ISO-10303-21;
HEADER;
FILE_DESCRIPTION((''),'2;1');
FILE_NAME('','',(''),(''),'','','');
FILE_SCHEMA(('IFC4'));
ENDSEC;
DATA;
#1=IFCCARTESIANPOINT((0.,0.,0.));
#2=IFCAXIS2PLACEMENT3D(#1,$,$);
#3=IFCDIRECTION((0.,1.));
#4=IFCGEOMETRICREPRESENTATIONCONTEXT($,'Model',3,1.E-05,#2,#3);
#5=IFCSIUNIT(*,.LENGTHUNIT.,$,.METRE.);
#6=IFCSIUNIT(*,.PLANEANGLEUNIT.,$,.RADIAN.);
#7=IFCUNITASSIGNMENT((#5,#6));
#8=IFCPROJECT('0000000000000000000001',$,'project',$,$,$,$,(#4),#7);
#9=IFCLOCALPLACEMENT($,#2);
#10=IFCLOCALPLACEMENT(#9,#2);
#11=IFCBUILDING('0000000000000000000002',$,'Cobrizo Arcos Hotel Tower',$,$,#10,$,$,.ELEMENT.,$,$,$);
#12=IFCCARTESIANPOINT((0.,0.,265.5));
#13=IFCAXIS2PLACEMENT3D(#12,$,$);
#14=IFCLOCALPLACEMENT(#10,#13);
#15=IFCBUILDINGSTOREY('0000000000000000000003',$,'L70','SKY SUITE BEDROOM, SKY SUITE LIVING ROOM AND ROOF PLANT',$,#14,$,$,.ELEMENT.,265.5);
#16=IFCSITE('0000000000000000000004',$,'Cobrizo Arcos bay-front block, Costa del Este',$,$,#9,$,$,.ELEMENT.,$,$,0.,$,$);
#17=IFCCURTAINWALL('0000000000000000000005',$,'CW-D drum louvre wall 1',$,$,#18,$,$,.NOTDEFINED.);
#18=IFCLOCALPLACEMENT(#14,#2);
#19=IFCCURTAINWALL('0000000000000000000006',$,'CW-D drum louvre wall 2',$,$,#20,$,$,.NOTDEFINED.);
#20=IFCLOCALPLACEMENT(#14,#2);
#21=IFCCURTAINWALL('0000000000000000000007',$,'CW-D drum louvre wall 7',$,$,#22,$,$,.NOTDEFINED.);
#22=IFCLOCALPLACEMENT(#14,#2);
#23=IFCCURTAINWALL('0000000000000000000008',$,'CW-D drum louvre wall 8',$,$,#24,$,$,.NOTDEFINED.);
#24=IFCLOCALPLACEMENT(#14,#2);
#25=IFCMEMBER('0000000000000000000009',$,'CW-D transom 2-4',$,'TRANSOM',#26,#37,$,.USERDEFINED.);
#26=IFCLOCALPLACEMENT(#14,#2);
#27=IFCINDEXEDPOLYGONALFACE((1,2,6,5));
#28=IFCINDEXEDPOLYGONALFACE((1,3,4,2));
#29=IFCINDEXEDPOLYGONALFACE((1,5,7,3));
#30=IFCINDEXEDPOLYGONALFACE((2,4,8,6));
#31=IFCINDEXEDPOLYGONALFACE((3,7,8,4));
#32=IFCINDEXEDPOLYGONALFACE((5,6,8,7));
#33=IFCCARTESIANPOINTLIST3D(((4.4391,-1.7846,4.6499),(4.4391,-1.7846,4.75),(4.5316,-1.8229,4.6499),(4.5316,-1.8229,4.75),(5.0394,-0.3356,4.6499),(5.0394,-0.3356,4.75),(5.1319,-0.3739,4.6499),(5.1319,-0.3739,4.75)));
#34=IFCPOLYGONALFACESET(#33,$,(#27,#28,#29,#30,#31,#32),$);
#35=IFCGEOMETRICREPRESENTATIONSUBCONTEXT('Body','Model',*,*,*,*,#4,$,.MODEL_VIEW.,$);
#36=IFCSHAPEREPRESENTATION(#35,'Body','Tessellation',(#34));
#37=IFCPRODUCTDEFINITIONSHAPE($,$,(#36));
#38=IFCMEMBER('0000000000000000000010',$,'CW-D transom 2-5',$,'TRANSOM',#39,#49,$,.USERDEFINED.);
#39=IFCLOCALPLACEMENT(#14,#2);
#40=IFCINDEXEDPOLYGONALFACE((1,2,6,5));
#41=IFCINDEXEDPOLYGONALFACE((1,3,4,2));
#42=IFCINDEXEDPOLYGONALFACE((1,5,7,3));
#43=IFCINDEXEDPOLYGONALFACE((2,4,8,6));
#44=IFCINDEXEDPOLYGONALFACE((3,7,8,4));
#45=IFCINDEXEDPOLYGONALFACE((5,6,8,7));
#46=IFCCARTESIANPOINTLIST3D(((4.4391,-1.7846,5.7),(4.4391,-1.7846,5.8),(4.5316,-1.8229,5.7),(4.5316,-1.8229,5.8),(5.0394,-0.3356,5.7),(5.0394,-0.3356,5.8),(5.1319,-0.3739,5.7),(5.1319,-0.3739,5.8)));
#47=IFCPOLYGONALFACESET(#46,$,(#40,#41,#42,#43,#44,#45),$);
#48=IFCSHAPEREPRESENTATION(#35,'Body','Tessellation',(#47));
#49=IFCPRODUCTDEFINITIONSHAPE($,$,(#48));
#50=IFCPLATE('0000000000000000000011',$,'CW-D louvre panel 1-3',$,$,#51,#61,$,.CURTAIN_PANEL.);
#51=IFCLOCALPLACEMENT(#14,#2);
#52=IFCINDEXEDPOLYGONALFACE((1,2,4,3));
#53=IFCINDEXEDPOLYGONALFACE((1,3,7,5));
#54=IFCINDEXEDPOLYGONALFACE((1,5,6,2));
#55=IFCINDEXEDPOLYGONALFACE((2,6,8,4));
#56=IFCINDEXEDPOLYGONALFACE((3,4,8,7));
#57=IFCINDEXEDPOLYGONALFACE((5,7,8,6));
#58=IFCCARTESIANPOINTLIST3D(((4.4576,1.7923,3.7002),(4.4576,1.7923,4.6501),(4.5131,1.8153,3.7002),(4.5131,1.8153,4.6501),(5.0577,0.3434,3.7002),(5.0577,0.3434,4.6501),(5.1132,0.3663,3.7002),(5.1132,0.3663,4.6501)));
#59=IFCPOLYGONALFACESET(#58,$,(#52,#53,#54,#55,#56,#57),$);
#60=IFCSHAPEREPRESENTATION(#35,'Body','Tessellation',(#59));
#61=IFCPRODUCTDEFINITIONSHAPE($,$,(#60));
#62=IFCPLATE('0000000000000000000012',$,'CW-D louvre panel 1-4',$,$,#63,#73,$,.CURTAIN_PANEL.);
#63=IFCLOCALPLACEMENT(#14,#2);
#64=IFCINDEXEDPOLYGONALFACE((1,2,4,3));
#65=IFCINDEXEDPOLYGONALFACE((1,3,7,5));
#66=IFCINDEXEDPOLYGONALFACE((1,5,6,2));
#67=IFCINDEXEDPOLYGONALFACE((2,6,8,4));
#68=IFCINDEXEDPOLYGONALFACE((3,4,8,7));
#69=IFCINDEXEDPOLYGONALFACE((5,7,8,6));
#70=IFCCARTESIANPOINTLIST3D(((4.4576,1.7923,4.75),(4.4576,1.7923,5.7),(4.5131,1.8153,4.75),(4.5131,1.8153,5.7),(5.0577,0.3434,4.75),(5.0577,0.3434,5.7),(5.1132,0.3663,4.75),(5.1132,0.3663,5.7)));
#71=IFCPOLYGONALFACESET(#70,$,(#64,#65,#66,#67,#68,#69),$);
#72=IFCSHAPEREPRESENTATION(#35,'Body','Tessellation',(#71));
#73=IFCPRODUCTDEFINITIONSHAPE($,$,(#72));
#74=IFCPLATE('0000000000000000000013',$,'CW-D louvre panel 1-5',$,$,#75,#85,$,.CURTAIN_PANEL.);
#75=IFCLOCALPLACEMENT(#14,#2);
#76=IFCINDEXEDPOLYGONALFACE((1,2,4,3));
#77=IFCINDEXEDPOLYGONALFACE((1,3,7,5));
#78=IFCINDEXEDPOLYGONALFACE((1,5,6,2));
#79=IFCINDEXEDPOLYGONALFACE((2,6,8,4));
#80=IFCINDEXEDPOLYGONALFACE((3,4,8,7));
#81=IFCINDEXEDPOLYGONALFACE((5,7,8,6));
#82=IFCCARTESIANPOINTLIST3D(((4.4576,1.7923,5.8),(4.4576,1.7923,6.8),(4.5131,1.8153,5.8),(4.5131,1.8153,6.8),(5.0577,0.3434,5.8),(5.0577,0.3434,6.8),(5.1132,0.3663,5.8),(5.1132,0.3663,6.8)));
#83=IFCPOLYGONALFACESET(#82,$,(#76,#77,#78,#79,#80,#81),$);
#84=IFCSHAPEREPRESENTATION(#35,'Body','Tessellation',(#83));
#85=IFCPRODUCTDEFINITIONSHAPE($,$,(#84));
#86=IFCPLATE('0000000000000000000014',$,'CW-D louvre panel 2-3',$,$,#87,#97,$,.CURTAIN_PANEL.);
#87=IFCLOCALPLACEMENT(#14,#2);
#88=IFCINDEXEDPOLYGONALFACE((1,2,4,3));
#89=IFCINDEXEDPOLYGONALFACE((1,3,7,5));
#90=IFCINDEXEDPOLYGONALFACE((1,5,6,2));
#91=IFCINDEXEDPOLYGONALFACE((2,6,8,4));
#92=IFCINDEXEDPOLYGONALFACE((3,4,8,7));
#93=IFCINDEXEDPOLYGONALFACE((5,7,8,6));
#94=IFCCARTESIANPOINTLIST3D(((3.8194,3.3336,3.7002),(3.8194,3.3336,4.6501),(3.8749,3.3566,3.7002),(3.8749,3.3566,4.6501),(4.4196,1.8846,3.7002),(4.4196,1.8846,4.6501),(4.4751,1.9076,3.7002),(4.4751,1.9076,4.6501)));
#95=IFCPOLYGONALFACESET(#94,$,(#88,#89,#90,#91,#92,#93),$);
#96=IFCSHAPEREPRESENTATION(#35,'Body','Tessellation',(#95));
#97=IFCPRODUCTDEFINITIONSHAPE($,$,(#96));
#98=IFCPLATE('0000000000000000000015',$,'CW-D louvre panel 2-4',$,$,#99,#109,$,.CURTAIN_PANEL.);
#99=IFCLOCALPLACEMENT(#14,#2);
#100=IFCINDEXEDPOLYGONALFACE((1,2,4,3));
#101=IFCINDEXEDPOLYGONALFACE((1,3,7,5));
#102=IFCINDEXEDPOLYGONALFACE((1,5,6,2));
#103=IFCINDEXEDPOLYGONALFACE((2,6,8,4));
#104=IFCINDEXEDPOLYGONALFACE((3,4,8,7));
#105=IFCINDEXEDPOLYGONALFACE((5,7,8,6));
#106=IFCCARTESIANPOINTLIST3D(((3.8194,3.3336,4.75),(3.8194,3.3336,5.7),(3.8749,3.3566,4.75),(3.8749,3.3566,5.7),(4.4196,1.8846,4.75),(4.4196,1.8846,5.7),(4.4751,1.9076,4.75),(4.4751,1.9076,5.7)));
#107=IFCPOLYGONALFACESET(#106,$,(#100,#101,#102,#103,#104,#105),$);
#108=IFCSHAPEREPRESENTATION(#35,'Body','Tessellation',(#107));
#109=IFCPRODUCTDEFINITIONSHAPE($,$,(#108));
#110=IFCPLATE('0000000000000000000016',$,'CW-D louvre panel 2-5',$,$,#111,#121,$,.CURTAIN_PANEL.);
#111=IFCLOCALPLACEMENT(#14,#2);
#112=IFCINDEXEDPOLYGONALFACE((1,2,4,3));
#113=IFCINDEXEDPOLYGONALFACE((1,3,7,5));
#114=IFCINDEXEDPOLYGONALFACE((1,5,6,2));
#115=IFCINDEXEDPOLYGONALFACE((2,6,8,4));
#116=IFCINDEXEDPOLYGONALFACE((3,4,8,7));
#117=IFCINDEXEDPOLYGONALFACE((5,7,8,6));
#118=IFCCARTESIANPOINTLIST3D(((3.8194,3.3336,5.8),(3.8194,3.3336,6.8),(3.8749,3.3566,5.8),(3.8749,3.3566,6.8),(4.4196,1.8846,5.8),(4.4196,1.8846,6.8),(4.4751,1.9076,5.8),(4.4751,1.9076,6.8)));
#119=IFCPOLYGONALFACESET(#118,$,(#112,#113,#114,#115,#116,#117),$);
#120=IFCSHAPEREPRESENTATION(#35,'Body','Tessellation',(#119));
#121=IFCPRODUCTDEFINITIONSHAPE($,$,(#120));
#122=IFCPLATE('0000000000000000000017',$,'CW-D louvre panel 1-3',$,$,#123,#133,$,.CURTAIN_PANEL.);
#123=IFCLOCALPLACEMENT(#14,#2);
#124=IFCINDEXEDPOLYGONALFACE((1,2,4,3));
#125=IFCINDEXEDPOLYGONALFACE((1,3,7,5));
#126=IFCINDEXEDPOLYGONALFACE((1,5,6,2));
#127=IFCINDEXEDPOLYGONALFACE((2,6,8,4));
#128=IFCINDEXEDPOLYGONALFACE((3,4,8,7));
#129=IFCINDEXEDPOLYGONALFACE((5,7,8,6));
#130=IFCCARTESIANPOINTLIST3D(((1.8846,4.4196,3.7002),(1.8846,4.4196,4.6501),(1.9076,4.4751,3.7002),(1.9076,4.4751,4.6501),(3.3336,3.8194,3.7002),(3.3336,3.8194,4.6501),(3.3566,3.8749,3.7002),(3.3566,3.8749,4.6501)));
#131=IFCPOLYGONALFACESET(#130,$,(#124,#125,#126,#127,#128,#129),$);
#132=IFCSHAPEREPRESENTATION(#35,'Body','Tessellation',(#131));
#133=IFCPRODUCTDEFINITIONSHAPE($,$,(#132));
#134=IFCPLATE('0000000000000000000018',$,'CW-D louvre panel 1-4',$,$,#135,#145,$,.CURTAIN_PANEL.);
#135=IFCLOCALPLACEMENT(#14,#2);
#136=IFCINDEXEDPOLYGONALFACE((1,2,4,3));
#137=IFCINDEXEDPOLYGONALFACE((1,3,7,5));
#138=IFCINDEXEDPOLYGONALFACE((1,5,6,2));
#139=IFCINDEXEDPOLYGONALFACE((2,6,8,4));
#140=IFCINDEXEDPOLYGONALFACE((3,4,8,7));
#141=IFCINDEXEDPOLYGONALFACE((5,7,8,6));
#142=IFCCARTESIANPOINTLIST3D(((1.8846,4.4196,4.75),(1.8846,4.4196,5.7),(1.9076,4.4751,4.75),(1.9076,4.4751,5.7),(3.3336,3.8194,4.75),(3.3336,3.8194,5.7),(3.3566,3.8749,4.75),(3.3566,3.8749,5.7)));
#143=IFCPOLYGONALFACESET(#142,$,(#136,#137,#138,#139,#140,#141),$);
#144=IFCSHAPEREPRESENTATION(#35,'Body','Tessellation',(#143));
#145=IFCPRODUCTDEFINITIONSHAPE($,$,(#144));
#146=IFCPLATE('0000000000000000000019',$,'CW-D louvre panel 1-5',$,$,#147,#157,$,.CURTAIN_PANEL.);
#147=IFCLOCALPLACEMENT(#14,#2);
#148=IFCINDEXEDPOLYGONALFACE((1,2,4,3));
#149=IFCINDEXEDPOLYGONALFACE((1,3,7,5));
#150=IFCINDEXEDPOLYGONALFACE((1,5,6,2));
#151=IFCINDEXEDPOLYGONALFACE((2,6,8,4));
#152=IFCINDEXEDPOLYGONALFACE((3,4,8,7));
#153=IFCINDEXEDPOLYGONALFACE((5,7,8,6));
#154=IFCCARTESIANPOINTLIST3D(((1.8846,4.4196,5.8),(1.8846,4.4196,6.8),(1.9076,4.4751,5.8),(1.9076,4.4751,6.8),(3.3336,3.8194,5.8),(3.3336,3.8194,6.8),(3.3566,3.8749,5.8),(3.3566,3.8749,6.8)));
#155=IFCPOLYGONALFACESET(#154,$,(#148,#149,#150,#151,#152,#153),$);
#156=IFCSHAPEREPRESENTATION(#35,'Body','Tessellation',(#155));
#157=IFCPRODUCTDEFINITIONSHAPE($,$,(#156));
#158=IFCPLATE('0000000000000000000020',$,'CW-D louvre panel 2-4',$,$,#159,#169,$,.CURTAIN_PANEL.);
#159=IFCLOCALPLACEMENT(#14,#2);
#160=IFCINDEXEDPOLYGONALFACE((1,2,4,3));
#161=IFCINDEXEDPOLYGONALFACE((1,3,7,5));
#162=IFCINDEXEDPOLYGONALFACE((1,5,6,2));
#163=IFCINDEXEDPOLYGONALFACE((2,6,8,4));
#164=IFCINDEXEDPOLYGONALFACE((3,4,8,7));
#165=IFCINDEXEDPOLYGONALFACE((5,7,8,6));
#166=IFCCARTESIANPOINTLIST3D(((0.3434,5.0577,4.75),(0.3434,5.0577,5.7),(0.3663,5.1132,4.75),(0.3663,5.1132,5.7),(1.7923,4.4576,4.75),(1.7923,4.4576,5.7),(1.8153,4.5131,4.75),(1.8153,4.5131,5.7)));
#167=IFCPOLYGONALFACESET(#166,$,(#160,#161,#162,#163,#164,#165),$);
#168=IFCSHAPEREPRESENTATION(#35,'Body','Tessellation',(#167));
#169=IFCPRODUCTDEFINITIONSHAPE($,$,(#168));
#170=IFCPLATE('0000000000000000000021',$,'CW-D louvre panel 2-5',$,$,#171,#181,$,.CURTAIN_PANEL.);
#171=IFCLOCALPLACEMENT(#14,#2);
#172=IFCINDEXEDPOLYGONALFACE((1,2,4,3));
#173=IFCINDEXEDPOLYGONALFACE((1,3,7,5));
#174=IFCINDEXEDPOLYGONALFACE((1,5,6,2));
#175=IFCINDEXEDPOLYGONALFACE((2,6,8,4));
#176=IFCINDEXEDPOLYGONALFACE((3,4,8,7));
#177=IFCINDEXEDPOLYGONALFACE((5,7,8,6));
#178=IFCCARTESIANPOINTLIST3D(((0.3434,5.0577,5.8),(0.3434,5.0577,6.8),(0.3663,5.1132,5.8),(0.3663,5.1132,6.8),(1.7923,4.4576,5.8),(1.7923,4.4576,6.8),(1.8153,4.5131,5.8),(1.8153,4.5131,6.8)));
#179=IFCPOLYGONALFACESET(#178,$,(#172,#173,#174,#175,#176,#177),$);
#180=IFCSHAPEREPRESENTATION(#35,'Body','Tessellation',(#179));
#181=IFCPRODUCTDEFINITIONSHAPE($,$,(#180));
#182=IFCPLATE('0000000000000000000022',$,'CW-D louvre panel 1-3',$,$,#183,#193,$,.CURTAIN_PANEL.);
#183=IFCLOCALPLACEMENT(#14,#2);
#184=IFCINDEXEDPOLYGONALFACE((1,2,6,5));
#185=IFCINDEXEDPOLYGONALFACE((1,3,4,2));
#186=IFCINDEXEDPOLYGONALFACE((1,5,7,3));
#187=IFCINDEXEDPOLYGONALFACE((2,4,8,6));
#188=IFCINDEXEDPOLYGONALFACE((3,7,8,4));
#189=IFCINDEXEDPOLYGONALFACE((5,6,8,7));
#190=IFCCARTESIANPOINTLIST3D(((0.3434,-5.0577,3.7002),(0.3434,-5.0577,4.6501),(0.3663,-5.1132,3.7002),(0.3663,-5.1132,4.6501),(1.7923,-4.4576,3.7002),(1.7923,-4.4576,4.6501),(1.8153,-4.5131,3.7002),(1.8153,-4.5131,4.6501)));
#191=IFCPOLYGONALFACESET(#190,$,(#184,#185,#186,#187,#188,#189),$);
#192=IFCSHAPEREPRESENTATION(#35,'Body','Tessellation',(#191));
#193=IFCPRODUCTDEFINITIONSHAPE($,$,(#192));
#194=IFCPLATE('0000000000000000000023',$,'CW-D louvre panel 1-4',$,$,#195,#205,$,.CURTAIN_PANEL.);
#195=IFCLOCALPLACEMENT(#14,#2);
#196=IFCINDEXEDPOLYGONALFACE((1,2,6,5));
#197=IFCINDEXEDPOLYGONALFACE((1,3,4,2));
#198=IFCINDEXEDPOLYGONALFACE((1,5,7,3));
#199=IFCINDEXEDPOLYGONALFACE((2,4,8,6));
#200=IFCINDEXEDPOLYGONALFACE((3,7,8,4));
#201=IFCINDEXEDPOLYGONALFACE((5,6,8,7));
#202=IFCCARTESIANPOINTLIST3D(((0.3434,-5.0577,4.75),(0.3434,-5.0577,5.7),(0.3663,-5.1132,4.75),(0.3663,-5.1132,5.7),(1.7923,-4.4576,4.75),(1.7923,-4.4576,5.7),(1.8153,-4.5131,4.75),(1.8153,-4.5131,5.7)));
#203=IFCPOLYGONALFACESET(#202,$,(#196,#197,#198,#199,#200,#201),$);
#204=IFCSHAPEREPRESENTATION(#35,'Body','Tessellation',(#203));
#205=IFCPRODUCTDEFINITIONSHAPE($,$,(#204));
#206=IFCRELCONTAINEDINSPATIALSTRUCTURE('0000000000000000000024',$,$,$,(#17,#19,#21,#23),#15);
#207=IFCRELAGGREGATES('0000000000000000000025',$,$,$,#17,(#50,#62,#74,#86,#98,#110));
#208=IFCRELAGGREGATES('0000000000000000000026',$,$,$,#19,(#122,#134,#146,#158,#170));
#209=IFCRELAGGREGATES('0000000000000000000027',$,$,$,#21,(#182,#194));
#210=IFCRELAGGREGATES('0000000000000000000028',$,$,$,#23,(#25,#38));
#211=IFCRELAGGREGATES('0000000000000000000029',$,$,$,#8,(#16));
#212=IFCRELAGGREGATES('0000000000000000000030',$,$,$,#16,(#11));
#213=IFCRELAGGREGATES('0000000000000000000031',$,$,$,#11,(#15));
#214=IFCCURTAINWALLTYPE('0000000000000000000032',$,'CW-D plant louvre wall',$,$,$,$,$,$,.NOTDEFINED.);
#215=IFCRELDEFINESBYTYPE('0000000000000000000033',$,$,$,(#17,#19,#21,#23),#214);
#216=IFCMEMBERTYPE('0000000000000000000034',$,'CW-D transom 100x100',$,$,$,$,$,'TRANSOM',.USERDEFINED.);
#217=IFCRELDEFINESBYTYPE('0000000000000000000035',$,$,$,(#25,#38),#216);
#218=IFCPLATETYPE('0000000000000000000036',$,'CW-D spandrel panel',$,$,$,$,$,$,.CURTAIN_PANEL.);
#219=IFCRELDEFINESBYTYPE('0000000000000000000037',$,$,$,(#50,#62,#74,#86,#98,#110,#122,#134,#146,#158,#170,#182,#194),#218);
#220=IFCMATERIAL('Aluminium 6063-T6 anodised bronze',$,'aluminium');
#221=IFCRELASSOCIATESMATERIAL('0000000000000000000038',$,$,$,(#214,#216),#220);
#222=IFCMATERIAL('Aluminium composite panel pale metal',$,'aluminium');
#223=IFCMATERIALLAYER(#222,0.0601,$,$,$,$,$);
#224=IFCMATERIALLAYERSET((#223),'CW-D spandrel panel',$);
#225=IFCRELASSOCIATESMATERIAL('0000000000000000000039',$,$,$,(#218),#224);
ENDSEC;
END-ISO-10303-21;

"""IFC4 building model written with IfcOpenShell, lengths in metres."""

from ifc_helpers import new_model, si_unit, direction, frame, origin, origin_2d, place, context, subcontext, project, spatial, rectangle, extrude, material, layer, layer_set, material_profile, profile_set, type_object, element, aggregate, save


model = new_model("IFC4")

# Units and contexts
model_context = context("Model", 3, precision=1e-05, world=origin(), true_north=direction((0.0, 1.0)))
body_context = subcontext(model_context, "Body", "Model", "MODEL_VIEW")
ifc_project = project(units=[si_unit("LENGTHUNIT", "METRE"), si_unit("PLANEANGLEUNIT", "RADIAN")], contexts=[model_context])

# Site, building, storey
site_placement = place(None, origin())
site = spatial("IfcSite", under=ifc_project, at=site_placement, Name="Cobrizo Arcos bay-front block, Costa del Este", CompositionType="ELEMENT", RefElevation=0.0)
building_placement = place(site_placement, origin())
building = spatial("IfcBuilding", under=site, at=building_placement, Name="Cobrizo Arcos Hotel Tower", CompositionType="ELEMENT")
storey_placement = place(building_placement, frame((0.0, 0.0, 265.5)))
storey = spatial("IfcBuildingStorey", under=building, at=storey_placement, Name="L70", Description="SKY SUITE BEDROOM, SKY SUITE LIVING ROOM AND ROOF PLANT", CompositionType="ELEMENT", Elevation=265.5)

# Curtain walls, members
ifc_material_1 = material(Name="Aluminium 6063-T6 anodised bronze", Category="aluminium")
curtain_wall_type = type_object("IfcCurtainWallType", Name="CW-D plant louvre wall", PredefinedType="NOTDEFINED", material=ifc_material_1)
curtain_wall_1_placement = place(storey_placement, origin())
curtain_wall_1 = element("IfcCurtainWall", 1, at=curtain_wall_1_placement, inside=storey, type_object=curtain_wall_type, Name="CW-D drum louvre wall 1", PredefinedType="NOTDEFINED")
ifc_material_profile = material_profile(ifc_material_1, rectangle(XDim=0.1001, YDim=0.1001, at=origin_2d()), Name="CW-D transom 100x100")
ifc_profile_set = profile_set([ifc_material_profile], Name="Aluminium 6063-T6 anodised bronze")
member_type = type_object("IfcMemberType", Name="CW-D transom 100x100", ElementType="TRANSOM", PredefinedType="USERDEFINED", material=ifc_profile_set)
curtain_wall_2_placement = place(storey_placement, origin())
curtain_wall_2 = element("IfcCurtainWall", 2, at=curtain_wall_2_placement, inside=storey, type_object=curtain_wall_type, Name="CW-D drum louvre wall 2", PredefinedType="NOTDEFINED")
curtain_wall_3_placement = place(storey_placement, origin())
curtain_wall_3 = element("IfcCurtainWall", 3, at=curtain_wall_3_placement, inside=storey, type_object=curtain_wall_type, Name="CW-D drum louvre wall 7", PredefinedType="NOTDEFINED")
curtain_wall_4_placement = place(storey_placement, origin())
curtain_wall_4 = element("IfcCurtainWall", 4, at=curtain_wall_4_placement, inside=storey, type_object=curtain_wall_type, Name="CW-D drum louvre wall 8", PredefinedType="NOTDEFINED")
member_1_placement = place(storey_placement, frame((4.4854, -1.8037, 4.7), z_axis=(0.382769, 0.923844, 0.0), x_axis=(-0.923844, 0.382769, 0.0)))
member_1 = element("IfcMember", 5, at=member_1_placement, type_object=member_type, Name="CW-D transom 2-4", ObjectType="TRANSOM", PredefinedType="USERDEFINED", context=body_context, shape_type="SweptSolid", body=[
    extrude(rectangle(XDim=0.1001, YDim=0.1001, at=origin_2d()), origin(), (0.0, 0.0, 1.0), 1.5684),
])
member_2_placement = place(storey_placement, frame((4.4854, -1.8037, 5.75), z_axis=(0.382769, 0.923844, 0.0), x_axis=(-0.923844, 0.382769, 0.0)))
member_2 = element("IfcMember", 6, at=member_2_placement, type_object=member_type, Name="CW-D transom 2-5", ObjectType="TRANSOM", PredefinedType="USERDEFINED", context=body_context, shape_type="SweptSolid", body=[
    extrude(rectangle(XDim=0.1001, YDim=0.1001, at=origin_2d()), origin(), (0.0, 0.0, 1.0), 1.5684),
])

# Plates
ifc_material_2 = material(Name="Aluminium composite panel pale metal", Category="aluminium")
ifc_layer = layer(ifc_material_2, 0.0601)
ifc_layer_set = layer_set([ifc_layer], Name="CW-D spandrel panel")
plate_type = type_object("IfcPlateType", Name="CW-D spandrel panel", PredefinedType="CURTAIN_PANEL", material=ifc_layer_set)
plate_1_placement = place(storey_placement, frame((4.7854, 1.0793, 3.7002), z_axis=(0.0, 0.0, 1.0), x_axis=(-0.382683, 0.92388, 0.0)))
plate_1 = element("IfcPlate", 7, at=plate_1_placement, type_object=plate_type, Name="CW-D louvre panel 1-3", PredefinedType="CURTAIN_PANEL", context=body_context, shape_type="SweptSolid", body=[
    extrude(rectangle(XDim=1.5684, YDim=0.0601, at=origin_2d()), origin(), (0.0, 0.0, 1.0), 0.95),
])
plate_2_placement = place(storey_placement, frame((4.7854, 1.0793, 4.75), z_axis=(0.0, 0.0, 1.0), x_axis=(-0.382683, 0.92388, 0.0)))
plate_2 = element("IfcPlate", 8, at=plate_2_placement, type_object=plate_type, Name="CW-D louvre panel 1-4", PredefinedType="CURTAIN_PANEL", context=body_context, shape_type="SweptSolid", body=[
    extrude(rectangle(XDim=1.5684, YDim=0.0601, at=origin_2d()), origin(), (0.0, 0.0, 1.0), 0.95),
])
plate_3_placement = place(storey_placement, frame((4.7854, 1.0793, 5.8), z_axis=(0.0, 0.0, 1.0), x_axis=(-0.382683, 0.92388, 0.0)))
plate_3 = element("IfcPlate", 9, at=plate_3_placement, type_object=plate_type, Name="CW-D louvre panel 1-5", PredefinedType="CURTAIN_PANEL", context=body_context, shape_type="SweptSolid", body=[
    extrude(rectangle(XDim=1.5684, YDim=0.0601, at=origin_2d()), origin(), (0.0, 0.0, 1.0), 1.0),
])
plate_4_placement = place(storey_placement, frame((4.1472, 2.6206, 3.7002), z_axis=(0.0, 0.0, 1.0), x_axis=(-0.382683, 0.92388, 0.0)))
plate_4 = element("IfcPlate", 10, at=plate_4_placement, type_object=plate_type, Name="CW-D louvre panel 2-3", PredefinedType="CURTAIN_PANEL", context=body_context, shape_type="SweptSolid", body=[
    extrude(rectangle(XDim=1.5684, YDim=0.0601, at=origin_2d()), origin(), (0.0, 0.0, 1.0), 0.95),
])
plate_5_placement = place(storey_placement, frame((4.1472, 2.6206, 4.75), z_axis=(0.0, 0.0, 1.0), x_axis=(-0.382683, 0.92388, 0.0)))
plate_5 = element("IfcPlate", 11, at=plate_5_placement, type_object=plate_type, Name="CW-D louvre panel 2-4", PredefinedType="CURTAIN_PANEL", context=body_context, shape_type="SweptSolid", body=[
    extrude(rectangle(XDim=1.5684, YDim=0.0601, at=origin_2d()), origin(), (0.0, 0.0, 1.0), 0.95),
])
plate_6_placement = place(storey_placement, frame((4.1472, 2.6206, 5.8), z_axis=(0.0, 0.0, 1.0), x_axis=(-0.382683, 0.92388, 0.0)))
plate_6 = element("IfcPlate", 12, at=plate_6_placement, type_object=plate_type, Name="CW-D louvre panel 2-5", PredefinedType="CURTAIN_PANEL", context=body_context, shape_type="SweptSolid", body=[
    extrude(rectangle(XDim=1.5684, YDim=0.0601, at=origin_2d()), origin(), (0.0, 0.0, 1.0), 1.0),
])
aggregate(curtain_wall_1, [plate_1, plate_2, plate_3, plate_4, plate_5, plate_6])
plate_7_placement = place(storey_placement, frame((2.6206, 4.1472, 3.7002), z_axis=(0.0, 0.0, 1.0), x_axis=(-0.92388, 0.382683, 0.0)))
plate_7 = element("IfcPlate", 13, at=plate_7_placement, type_object=plate_type, Name="CW-D louvre panel 1-3", PredefinedType="CURTAIN_PANEL", context=body_context, shape_type="SweptSolid", body=[
    extrude(rectangle(XDim=1.5684, YDim=0.0601, at=origin_2d()), origin(), (0.0, 0.0, 1.0), 0.95),
])
plate_8_placement = place(storey_placement, frame((2.6206, 4.1472, 4.75), z_axis=(0.0, 0.0, 1.0), x_axis=(-0.92388, 0.382683, 0.0)))
plate_8 = element("IfcPlate", 14, at=plate_8_placement, type_object=plate_type, Name="CW-D louvre panel 1-4", PredefinedType="CURTAIN_PANEL", context=body_context, shape_type="SweptSolid", body=[
    extrude(rectangle(XDim=1.5684, YDim=0.0601, at=origin_2d()), origin(), (0.0, 0.0, 1.0), 0.95),
])
plate_9_placement = place(storey_placement, frame((2.6206, 4.1472, 5.8), z_axis=(0.0, 0.0, 1.0), x_axis=(-0.92388, 0.382683, 0.0)))
plate_9 = element("IfcPlate", 15, at=plate_9_placement, type_object=plate_type, Name="CW-D louvre panel 1-5", PredefinedType="CURTAIN_PANEL", context=body_context, shape_type="SweptSolid", body=[
    extrude(rectangle(XDim=1.5684, YDim=0.0601, at=origin_2d()), origin(), (0.0, 0.0, 1.0), 1.0),
])
plate_10_placement = place(storey_placement, frame((1.0793, 4.7854, 4.75), z_axis=(0.0, 0.0, 1.0), x_axis=(-0.92388, 0.382683, 0.0)))
plate_10 = element("IfcPlate", 16, at=plate_10_placement, type_object=plate_type, Name="CW-D louvre panel 2-4", PredefinedType="CURTAIN_PANEL", context=body_context, shape_type="SweptSolid", body=[
    extrude(rectangle(XDim=1.5684, YDim=0.0601, at=origin_2d()), origin(), (0.0, 0.0, 1.0), 0.95),
])
plate_11_placement = place(storey_placement, frame((1.0793, 4.7854, 5.8), z_axis=(0.0, 0.0, 1.0), x_axis=(-0.92388, 0.382683, 0.0)))
plate_11 = element("IfcPlate", 17, at=plate_11_placement, type_object=plate_type, Name="CW-D louvre panel 2-5", PredefinedType="CURTAIN_PANEL", context=body_context, shape_type="SweptSolid", body=[
    extrude(rectangle(XDim=1.5684, YDim=0.0601, at=origin_2d()), origin(), (0.0, 0.0, 1.0), 1.0),
])
aggregate(curtain_wall_2, [plate_7, plate_8, plate_9, plate_10, plate_11])
plate_12_placement = place(storey_placement, frame((1.0793, -4.7854, 3.7002), z_axis=(0.0, 0.0, 1.0), x_axis=(0.92388, 0.382683, 0.0)))
plate_12 = element("IfcPlate", 18, at=plate_12_placement, type_object=plate_type, Name="CW-D louvre panel 1-3", PredefinedType="CURTAIN_PANEL", context=body_context, shape_type="SweptSolid", body=[
    extrude(rectangle(XDim=1.5684, YDim=0.0601, at=origin_2d()), origin(), (0.0, 0.0, 1.0), 0.95),
])
plate_13_placement = place(storey_placement, frame((1.0793, -4.7854, 4.75), z_axis=(0.0, 0.0, 1.0), x_axis=(0.92388, 0.382683, 0.0)))
plate_13 = element("IfcPlate", 19, at=plate_13_placement, type_object=plate_type, Name="CW-D louvre panel 1-4", PredefinedType="CURTAIN_PANEL", context=body_context, shape_type="SweptSolid", body=[
    extrude(rectangle(XDim=1.5684, YDim=0.0601, at=origin_2d()), origin(), (0.0, 0.0, 1.0), 0.95),
])
aggregate(curtain_wall_3, [plate_12, plate_13])
aggregate(curtain_wall_4, [member_1, member_2])

save(model, "model.ifc")
